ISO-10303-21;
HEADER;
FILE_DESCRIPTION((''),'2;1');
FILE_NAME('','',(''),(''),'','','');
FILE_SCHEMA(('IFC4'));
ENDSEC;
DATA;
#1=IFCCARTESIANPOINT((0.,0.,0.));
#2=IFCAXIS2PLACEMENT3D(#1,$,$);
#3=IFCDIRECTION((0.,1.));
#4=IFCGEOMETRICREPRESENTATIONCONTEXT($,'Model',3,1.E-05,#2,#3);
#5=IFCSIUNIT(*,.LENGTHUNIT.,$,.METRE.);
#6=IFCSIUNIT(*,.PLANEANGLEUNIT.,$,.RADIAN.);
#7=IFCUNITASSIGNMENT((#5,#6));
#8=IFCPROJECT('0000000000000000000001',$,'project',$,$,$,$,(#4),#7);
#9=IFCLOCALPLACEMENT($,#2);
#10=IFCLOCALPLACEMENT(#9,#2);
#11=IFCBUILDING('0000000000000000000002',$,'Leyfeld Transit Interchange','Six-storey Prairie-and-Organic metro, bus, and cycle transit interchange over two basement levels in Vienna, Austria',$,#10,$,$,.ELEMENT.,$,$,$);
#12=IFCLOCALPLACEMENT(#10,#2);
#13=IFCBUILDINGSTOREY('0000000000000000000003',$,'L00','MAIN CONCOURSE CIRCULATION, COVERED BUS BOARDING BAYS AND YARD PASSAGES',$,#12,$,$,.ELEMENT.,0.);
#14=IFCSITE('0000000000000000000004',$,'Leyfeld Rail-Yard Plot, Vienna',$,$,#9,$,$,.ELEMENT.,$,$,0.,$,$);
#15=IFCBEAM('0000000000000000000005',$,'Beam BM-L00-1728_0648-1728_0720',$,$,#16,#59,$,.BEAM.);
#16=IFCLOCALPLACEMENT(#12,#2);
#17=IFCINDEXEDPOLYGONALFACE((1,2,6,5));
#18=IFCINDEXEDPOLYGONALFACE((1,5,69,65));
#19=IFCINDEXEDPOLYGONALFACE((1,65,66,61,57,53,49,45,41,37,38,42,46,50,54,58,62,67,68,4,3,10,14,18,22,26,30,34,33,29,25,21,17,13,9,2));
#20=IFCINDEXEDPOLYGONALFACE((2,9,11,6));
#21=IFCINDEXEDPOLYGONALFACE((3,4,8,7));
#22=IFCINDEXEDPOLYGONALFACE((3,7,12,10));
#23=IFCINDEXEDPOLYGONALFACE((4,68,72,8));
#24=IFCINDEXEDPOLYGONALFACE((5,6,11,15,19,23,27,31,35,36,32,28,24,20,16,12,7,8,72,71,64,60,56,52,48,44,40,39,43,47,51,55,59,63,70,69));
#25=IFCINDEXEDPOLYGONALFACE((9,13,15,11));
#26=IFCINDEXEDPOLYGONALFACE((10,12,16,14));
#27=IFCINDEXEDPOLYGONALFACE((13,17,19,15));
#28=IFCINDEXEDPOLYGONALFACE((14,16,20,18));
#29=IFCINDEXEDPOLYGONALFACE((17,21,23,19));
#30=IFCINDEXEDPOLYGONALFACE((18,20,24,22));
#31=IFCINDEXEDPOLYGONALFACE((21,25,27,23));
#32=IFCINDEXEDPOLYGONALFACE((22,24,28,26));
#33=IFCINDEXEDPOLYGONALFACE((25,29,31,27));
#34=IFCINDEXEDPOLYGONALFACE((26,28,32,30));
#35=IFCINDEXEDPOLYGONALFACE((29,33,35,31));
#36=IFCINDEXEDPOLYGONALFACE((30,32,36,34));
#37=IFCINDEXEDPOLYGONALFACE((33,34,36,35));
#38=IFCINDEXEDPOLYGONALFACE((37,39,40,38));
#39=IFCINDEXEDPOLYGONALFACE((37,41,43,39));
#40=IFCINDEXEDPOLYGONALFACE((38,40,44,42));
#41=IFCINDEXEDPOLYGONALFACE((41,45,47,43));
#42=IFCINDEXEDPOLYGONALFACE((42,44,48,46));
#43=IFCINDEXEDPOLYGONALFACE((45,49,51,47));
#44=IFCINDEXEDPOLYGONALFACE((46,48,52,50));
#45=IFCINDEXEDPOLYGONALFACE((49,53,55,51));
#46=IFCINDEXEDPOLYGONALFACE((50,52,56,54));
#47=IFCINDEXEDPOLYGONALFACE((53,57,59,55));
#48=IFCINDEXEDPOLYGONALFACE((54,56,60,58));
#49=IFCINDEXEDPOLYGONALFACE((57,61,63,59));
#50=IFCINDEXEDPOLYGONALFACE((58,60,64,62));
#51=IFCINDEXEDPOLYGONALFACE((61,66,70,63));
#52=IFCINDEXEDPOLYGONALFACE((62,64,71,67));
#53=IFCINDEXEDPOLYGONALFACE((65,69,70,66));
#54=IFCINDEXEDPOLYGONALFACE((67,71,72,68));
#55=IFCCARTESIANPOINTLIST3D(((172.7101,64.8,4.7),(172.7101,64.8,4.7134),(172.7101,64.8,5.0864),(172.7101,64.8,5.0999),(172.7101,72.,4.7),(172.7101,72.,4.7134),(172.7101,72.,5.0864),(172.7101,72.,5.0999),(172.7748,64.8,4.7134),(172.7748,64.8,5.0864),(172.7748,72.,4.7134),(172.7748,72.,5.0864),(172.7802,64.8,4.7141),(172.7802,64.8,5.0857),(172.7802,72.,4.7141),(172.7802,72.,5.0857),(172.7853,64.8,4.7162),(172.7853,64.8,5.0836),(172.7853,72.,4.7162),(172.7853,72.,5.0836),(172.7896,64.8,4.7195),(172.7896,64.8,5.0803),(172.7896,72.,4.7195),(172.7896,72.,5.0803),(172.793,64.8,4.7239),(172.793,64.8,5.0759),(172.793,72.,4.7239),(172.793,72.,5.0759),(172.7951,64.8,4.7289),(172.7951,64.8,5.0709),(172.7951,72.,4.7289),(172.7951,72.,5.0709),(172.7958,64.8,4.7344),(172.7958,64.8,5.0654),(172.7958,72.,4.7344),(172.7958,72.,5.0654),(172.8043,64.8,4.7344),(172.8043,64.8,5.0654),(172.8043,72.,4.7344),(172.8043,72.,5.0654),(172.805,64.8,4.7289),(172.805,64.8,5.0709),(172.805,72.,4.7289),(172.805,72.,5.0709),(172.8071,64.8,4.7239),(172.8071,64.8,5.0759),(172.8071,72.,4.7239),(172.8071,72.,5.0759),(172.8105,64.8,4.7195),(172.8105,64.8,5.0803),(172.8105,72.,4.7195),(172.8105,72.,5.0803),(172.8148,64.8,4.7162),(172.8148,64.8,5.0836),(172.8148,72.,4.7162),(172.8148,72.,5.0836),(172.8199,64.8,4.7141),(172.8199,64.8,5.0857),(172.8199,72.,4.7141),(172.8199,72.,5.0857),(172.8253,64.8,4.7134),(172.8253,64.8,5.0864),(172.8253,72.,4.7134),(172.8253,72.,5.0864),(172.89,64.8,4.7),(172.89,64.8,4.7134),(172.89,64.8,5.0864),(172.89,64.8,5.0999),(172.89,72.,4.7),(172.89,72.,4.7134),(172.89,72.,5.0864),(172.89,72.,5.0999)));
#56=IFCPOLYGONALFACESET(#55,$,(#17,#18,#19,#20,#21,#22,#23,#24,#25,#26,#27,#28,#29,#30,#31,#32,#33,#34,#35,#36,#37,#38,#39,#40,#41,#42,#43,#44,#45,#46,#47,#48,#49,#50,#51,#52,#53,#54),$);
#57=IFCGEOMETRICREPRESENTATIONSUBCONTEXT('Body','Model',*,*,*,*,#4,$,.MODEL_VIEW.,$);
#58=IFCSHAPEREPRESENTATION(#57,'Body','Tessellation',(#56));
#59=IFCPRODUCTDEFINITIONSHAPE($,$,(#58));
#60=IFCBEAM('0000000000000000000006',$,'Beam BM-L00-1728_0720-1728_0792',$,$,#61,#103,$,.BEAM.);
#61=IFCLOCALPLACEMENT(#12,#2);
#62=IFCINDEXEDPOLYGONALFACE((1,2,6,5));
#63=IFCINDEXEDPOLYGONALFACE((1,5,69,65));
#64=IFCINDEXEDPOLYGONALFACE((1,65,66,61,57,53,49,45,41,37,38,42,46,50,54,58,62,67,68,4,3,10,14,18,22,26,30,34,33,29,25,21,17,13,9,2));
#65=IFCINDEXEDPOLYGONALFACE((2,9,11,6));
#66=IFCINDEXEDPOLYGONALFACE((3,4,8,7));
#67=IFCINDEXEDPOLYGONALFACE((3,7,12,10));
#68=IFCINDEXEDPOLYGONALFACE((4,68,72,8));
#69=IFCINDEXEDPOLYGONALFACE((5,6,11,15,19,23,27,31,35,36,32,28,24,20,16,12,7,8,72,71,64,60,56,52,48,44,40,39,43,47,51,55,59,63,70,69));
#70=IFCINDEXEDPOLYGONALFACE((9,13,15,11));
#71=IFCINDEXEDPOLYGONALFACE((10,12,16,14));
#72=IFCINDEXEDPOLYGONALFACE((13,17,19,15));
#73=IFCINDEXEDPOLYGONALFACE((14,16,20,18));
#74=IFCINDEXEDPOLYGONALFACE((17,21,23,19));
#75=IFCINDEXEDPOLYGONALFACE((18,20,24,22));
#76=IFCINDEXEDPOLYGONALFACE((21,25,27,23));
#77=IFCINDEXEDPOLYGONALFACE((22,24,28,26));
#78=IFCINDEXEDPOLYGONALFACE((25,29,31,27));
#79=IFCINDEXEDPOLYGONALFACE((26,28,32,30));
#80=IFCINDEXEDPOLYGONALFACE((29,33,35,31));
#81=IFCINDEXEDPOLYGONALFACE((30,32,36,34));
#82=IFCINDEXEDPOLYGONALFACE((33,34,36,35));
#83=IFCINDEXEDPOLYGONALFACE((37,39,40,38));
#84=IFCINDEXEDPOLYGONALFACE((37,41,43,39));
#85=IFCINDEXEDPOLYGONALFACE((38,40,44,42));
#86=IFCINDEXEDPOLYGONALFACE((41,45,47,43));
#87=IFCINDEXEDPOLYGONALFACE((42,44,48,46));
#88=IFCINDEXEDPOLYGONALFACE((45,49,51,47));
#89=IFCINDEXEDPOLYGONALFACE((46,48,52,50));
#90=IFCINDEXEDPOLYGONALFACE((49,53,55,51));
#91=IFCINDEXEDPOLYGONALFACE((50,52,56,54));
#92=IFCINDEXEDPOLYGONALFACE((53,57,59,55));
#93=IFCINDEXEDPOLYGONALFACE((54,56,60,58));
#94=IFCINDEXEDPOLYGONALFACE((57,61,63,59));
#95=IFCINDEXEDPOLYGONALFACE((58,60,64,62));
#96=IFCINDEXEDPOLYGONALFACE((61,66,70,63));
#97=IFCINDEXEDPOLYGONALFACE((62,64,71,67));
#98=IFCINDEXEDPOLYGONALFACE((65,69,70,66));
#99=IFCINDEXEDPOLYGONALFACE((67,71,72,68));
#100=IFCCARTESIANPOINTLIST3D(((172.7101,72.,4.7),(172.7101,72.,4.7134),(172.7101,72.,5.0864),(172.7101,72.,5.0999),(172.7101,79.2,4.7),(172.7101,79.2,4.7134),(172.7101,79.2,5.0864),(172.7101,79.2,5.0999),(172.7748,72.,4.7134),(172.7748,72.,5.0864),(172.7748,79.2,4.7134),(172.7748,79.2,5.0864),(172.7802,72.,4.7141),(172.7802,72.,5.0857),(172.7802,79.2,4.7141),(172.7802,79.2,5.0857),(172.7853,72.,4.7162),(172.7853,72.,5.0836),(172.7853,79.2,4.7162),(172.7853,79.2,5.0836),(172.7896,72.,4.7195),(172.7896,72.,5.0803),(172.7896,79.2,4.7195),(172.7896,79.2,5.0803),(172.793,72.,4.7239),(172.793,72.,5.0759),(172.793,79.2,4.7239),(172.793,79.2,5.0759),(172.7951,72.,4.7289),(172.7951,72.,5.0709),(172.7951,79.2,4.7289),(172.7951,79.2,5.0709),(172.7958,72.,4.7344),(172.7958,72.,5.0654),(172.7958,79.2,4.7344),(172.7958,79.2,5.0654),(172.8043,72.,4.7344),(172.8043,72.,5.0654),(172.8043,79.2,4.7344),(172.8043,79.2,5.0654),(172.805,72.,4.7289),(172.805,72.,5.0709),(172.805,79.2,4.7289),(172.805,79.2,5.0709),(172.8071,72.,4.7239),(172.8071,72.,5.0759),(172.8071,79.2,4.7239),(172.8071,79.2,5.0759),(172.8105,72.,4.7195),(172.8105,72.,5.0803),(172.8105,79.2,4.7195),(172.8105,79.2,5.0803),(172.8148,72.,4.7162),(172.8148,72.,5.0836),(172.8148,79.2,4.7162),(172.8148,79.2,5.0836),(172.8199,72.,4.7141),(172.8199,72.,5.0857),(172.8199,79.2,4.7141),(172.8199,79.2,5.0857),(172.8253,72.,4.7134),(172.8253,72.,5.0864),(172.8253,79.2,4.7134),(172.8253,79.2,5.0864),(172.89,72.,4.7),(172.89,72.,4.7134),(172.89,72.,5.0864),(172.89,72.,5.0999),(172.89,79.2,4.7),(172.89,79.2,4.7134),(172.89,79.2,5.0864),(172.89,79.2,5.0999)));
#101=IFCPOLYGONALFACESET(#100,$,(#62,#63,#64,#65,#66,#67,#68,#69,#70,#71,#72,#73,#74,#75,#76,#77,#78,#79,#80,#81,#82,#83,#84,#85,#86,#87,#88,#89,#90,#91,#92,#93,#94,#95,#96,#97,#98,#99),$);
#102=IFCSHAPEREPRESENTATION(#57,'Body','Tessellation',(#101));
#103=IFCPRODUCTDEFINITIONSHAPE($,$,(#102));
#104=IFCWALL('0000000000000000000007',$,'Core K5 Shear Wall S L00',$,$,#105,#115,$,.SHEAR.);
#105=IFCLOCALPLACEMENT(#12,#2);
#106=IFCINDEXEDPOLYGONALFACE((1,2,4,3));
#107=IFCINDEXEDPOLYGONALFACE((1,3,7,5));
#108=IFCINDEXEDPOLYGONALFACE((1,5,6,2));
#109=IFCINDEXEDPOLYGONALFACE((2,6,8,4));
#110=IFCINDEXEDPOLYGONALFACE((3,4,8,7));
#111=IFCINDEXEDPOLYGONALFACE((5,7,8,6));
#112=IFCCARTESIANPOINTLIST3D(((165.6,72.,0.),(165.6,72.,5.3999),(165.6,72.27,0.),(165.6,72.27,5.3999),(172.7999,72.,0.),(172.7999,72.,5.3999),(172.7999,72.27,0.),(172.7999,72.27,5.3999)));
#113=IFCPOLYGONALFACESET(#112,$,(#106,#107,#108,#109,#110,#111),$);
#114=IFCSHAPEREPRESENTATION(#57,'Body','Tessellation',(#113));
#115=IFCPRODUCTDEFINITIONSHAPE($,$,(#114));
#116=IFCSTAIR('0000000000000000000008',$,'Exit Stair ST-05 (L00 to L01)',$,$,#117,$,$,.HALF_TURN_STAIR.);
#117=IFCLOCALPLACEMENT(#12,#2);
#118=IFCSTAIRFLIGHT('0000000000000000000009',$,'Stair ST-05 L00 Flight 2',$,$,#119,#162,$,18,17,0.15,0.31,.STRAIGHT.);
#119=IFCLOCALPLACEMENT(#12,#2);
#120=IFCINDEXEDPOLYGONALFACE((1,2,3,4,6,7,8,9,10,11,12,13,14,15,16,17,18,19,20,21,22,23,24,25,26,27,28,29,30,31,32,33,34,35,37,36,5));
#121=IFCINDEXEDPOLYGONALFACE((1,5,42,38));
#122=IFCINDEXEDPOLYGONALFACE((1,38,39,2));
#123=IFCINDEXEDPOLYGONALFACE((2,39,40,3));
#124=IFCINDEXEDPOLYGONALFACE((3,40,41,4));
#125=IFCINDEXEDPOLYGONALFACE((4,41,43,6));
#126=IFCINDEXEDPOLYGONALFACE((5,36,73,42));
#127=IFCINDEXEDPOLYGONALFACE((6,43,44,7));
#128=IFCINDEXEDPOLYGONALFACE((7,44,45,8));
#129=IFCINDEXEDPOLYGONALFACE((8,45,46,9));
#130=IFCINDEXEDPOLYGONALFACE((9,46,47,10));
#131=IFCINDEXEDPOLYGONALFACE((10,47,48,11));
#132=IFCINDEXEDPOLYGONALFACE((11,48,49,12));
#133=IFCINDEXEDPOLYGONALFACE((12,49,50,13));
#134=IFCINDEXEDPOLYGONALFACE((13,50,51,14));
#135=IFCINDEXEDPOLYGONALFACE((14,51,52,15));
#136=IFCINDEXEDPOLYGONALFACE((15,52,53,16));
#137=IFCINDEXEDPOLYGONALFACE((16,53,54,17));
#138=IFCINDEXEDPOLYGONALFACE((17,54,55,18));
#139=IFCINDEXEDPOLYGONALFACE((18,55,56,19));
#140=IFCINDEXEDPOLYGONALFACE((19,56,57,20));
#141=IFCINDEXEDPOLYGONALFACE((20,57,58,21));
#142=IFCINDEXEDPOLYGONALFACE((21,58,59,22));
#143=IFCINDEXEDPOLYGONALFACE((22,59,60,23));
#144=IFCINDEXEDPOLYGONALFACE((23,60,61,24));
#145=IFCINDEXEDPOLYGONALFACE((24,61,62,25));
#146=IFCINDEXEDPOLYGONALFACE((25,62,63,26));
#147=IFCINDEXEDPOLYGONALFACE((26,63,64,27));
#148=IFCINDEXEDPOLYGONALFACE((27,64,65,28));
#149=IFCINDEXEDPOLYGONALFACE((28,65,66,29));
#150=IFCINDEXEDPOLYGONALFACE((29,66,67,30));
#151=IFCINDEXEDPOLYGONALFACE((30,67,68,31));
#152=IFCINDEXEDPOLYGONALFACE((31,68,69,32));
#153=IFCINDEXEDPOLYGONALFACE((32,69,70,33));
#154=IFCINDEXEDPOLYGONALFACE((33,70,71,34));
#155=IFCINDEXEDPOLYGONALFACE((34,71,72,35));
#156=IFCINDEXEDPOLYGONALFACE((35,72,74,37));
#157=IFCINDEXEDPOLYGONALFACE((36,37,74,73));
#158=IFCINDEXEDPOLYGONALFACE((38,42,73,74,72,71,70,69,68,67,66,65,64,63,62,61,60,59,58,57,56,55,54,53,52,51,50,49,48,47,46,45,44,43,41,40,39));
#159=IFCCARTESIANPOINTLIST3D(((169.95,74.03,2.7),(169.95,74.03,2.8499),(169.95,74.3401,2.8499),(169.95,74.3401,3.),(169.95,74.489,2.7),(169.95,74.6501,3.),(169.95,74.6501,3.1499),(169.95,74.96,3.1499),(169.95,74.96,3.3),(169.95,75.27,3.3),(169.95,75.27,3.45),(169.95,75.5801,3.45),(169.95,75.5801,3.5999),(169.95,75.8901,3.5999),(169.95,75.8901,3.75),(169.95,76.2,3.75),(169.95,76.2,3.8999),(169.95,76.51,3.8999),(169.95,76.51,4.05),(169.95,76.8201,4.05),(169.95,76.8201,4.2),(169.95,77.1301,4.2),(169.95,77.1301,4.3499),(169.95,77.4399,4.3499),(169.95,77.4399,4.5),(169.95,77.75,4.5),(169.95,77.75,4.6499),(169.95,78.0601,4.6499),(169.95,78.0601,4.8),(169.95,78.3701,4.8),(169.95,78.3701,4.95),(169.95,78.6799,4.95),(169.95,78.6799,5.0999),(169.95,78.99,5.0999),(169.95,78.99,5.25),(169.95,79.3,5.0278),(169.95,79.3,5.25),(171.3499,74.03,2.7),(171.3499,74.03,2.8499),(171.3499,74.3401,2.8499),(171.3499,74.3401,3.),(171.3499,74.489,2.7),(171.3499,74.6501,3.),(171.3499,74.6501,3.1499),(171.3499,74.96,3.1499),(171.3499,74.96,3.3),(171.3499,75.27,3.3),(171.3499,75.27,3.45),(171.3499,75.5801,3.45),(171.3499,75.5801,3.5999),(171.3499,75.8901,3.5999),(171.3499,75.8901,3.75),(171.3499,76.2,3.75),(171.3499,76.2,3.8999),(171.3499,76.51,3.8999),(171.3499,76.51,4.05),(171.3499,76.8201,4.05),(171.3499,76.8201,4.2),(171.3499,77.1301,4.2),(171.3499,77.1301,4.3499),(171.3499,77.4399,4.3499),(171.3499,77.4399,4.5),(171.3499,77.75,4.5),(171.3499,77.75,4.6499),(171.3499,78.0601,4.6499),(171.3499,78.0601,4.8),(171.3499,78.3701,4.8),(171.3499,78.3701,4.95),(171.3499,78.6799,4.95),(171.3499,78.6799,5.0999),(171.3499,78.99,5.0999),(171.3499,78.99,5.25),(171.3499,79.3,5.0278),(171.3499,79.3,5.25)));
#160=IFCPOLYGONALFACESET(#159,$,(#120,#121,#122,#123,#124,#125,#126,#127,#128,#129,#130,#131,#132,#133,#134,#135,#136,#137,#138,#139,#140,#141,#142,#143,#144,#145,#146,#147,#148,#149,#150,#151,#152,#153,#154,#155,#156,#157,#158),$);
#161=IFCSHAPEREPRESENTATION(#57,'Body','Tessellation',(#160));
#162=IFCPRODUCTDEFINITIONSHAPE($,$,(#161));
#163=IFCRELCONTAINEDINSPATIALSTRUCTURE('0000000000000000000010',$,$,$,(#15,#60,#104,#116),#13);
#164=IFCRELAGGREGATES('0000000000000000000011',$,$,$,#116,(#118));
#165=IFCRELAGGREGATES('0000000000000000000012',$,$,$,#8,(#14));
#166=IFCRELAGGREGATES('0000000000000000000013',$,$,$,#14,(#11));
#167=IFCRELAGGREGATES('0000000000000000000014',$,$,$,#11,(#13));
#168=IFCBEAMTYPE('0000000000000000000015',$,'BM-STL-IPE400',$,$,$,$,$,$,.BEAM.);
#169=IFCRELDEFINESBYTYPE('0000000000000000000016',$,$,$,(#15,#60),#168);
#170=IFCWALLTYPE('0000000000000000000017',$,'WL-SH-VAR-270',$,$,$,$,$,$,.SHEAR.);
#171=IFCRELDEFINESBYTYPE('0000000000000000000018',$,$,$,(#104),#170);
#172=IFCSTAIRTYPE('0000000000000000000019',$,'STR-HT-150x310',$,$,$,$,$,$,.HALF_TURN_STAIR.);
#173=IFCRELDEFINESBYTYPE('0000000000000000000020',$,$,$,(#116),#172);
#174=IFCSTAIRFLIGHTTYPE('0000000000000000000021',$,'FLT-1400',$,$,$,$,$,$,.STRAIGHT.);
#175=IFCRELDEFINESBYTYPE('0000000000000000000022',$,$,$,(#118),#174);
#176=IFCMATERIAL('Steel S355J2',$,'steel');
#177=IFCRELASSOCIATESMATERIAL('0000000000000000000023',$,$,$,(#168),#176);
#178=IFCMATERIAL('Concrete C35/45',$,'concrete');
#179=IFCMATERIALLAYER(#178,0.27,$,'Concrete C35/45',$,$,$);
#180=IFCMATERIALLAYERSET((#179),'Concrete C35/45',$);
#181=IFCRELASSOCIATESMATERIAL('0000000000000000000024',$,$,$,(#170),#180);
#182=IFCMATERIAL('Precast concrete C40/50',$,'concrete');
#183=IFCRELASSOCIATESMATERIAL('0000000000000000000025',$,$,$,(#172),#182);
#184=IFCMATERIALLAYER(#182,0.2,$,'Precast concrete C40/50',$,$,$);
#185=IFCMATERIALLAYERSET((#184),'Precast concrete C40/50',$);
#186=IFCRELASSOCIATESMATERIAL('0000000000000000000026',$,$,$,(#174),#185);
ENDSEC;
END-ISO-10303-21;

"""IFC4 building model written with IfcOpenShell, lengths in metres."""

from ifc_helpers import new_model, si_unit, direction, frame, frame_2d, origin, origin_2d, place, context, subcontext, project, spatial, polyline, rectangle, i_section, outline, extrude, material, layer, layer_set, material_profile, profile_set, type_object, element, aggregate, save


model = new_model("IFC4")

# Units and contexts
model_context = context("Model", 3, precision=1e-05, world=origin(), true_north=direction((0.0, 1.0)))
body_context = subcontext(model_context, "Body", "Model", "MODEL_VIEW")
ifc_project = project(units=[si_unit("LENGTHUNIT", "METRE"), si_unit("PLANEANGLEUNIT", "RADIAN")], contexts=[model_context])

# Site, building, storey
site_placement = place(None, origin())
site = spatial("IfcSite", under=ifc_project, at=site_placement, Name="Leyfeld Rail-Yard Plot, Vienna", CompositionType="ELEMENT", RefElevation=0.0)
building_placement = place(site_placement, origin())
building = spatial("IfcBuilding", under=site, at=building_placement, Name="Leyfeld Transit Interchange", Description="Six-storey Prairie-and-Organic metro, bus, and cycle transit interchange over two basement levels in Vienna, Austria", CompositionType="ELEMENT")
storey_placement = place(building_placement, origin())
storey = spatial("IfcBuildingStorey", under=building, at=storey_placement, Name="L00", Description="MAIN CONCOURSE CIRCULATION, COVERED BUS BOARDING BAYS AND YARD PASSAGES", CompositionType="ELEMENT", Elevation=0.0)

# Shared definitions
ifc_material_1 = material(Name="Concrete C35/45", Category="concrete")

# Beams
ifc_material_2 = material(Name="Steel S355J2", Category="steel")
ifc_material_profile_1 = material_profile(ifc_material_2, i_section(OverallWidth=0.1799, OverallDepth=0.3999, WebThickness=0.0085, FlangeThickness=0.0134, FilletRadius=0.021, at=origin_2d()), Name="IPE 400")
ifc_profile_set_1 = profile_set([ifc_material_profile_1], Name="Steel S355J2")
beam_type_1 = type_object("IfcBeamType", Name="BM-STL-IPE400", PredefinedType="BEAM", material=ifc_profile_set_1)
for number, where, z_axis, x_axis, name in (
    (1, (172.8, 64.8, 4.8999), (0.0, 1.0, 0.0), (-1.0, 0.0, 0.0), "Beam BM-L00-1728_0648-1728_0720"),
    (2, (172.8, 72.0, 4.8999), (0.0, 1.0, 0.0), (-1.0, 0.0, 0.0), "Beam BM-L00-1728_0720-1728_0792"),
):
    element("IfcBeam", number, at=place(storey_placement, frame(where, z_axis=z_axis, x_axis=x_axis)), inside=storey, type_object=beam_type_1, Name=name, PredefinedType="BEAM", context=body_context, shape_type="SweptSolid", body=[
        extrude(i_section(OverallWidth=0.1799, OverallDepth=0.3999, WebThickness=0.0085, FlangeThickness=0.0134, FilletRadius=0.021, at=origin_2d()), origin(), (0.0, 0.0, 1.0), 7.2),
    ])

# Wall
ifc_layer_1 = layer(ifc_material_1, 0.27, Name="Concrete C35/45")
ifc_layer_set_1 = layer_set([ifc_layer_1], Name="Concrete C35/45")
wall_type = type_object("IfcWallType", Name="WL-SH-VAR-270", PredefinedType="SHEAR", material=ifc_layer_set_1)
wall_placement = place(storey_placement, frame((172.8, 72.135, 0.0), z_axis=(0.0, 0.0, 1.0), x_axis=(-1.0, 0.0, 0.0)))
element("IfcWall", 3, at=wall_placement, inside=storey, type_object=wall_type, Name="Core K5 Shear Wall S L00", PredefinedType="SHEAR", context=body_context, shape_type="SweptSolid", body=[
    extrude(rectangle(XDim=7.2, YDim=0.27, at=frame_2d((3.6001, 0.0))), origin(), (0.0, 0.0, 1.0), 5.3999),
])

# Stair, stair flight
ifc_material_3 = material(Name="Precast concrete C40/50", Category="concrete")
stair_type = type_object("IfcStairType", Name="STR-HT-150x310", PredefinedType="HALF_TURN_STAIR", material=ifc_material_3)
stair_placement = place(storey_placement, origin())
stair = element("IfcStair", 4, at=stair_placement, inside=storey, type_object=stair_type, Name="Exit Stair ST-05 (L00 to L01)", PredefinedType="HALF_TURN_STAIR")
ifc_layer_2 = layer(ifc_material_3, 0.2, Name="Precast concrete C40/50")
ifc_layer_set_2 = layer_set([ifc_layer_2], Name="Precast concrete C40/50")
stair_flight_type = type_object("IfcStairFlightType", Name="FLT-1400", PredefinedType="STRAIGHT", material=ifc_layer_set_2)
stair_flight_placement = place(storey_placement, frame((170.6499, 74.03, 2.7), z_axis=(0.0, 0.0, 1.0), x_axis=(0.0, 1.0, 0.0)))
stair_flight = element("IfcStairFlight", 5, at=stair_flight_placement, type_object=stair_flight_type, Name="Stair ST-05 L00 Flight 2", NumberOfRisers=18, NumberOfTreads=17, PredefinedType="STRAIGHT", RiserHeight=0.15, TreadLength=0.31, context=body_context, shape_type="SweptSolid", body=[
    extrude(outline(polyline([(0.0, 0.0), (0.0, 0.1499), (0.3101, 0.1499), (0.3101, 0.3), (0.6201, 0.3), (0.6201, 0.45), (0.9299, 0.45), (0.9299, 0.6001), (1.24, 0.6001), (1.24, 0.75), (1.55, 0.75), (1.55, 0.8999), (1.8601, 0.8999), (1.8601, 1.05), (2.1699, 1.05), (2.1699, 1.2), (2.48, 1.2), (2.48, 1.3501), (2.79, 1.3501), (2.79, 1.5), (3.1001, 1.5), (3.1001, 1.6499), (3.4099, 1.6499), (3.4099, 1.8), (3.72, 1.8), (3.72, 1.95), (4.03, 1.95), (4.03, 2.1001), (4.3401, 2.1001), (4.3401, 2.25), (4.6499, 2.25), (4.6499, 2.3999), (4.96, 2.3999), (4.96, 2.55), (5.27, 2.55), (5.27, 2.7), (5.27, 2.3279), (0.459, 0.0), (0.0, 0.0)])), frame((0.0, 0.7, 0.0), z_axis=(0.0, -1.0, 0.0), x_axis=(1.0, 0.0, 0.0)), (0.0, 0.0, 1.0), 1.3999),
])
aggregate(stair, [stair_flight])

save(model, "model.ifc")
